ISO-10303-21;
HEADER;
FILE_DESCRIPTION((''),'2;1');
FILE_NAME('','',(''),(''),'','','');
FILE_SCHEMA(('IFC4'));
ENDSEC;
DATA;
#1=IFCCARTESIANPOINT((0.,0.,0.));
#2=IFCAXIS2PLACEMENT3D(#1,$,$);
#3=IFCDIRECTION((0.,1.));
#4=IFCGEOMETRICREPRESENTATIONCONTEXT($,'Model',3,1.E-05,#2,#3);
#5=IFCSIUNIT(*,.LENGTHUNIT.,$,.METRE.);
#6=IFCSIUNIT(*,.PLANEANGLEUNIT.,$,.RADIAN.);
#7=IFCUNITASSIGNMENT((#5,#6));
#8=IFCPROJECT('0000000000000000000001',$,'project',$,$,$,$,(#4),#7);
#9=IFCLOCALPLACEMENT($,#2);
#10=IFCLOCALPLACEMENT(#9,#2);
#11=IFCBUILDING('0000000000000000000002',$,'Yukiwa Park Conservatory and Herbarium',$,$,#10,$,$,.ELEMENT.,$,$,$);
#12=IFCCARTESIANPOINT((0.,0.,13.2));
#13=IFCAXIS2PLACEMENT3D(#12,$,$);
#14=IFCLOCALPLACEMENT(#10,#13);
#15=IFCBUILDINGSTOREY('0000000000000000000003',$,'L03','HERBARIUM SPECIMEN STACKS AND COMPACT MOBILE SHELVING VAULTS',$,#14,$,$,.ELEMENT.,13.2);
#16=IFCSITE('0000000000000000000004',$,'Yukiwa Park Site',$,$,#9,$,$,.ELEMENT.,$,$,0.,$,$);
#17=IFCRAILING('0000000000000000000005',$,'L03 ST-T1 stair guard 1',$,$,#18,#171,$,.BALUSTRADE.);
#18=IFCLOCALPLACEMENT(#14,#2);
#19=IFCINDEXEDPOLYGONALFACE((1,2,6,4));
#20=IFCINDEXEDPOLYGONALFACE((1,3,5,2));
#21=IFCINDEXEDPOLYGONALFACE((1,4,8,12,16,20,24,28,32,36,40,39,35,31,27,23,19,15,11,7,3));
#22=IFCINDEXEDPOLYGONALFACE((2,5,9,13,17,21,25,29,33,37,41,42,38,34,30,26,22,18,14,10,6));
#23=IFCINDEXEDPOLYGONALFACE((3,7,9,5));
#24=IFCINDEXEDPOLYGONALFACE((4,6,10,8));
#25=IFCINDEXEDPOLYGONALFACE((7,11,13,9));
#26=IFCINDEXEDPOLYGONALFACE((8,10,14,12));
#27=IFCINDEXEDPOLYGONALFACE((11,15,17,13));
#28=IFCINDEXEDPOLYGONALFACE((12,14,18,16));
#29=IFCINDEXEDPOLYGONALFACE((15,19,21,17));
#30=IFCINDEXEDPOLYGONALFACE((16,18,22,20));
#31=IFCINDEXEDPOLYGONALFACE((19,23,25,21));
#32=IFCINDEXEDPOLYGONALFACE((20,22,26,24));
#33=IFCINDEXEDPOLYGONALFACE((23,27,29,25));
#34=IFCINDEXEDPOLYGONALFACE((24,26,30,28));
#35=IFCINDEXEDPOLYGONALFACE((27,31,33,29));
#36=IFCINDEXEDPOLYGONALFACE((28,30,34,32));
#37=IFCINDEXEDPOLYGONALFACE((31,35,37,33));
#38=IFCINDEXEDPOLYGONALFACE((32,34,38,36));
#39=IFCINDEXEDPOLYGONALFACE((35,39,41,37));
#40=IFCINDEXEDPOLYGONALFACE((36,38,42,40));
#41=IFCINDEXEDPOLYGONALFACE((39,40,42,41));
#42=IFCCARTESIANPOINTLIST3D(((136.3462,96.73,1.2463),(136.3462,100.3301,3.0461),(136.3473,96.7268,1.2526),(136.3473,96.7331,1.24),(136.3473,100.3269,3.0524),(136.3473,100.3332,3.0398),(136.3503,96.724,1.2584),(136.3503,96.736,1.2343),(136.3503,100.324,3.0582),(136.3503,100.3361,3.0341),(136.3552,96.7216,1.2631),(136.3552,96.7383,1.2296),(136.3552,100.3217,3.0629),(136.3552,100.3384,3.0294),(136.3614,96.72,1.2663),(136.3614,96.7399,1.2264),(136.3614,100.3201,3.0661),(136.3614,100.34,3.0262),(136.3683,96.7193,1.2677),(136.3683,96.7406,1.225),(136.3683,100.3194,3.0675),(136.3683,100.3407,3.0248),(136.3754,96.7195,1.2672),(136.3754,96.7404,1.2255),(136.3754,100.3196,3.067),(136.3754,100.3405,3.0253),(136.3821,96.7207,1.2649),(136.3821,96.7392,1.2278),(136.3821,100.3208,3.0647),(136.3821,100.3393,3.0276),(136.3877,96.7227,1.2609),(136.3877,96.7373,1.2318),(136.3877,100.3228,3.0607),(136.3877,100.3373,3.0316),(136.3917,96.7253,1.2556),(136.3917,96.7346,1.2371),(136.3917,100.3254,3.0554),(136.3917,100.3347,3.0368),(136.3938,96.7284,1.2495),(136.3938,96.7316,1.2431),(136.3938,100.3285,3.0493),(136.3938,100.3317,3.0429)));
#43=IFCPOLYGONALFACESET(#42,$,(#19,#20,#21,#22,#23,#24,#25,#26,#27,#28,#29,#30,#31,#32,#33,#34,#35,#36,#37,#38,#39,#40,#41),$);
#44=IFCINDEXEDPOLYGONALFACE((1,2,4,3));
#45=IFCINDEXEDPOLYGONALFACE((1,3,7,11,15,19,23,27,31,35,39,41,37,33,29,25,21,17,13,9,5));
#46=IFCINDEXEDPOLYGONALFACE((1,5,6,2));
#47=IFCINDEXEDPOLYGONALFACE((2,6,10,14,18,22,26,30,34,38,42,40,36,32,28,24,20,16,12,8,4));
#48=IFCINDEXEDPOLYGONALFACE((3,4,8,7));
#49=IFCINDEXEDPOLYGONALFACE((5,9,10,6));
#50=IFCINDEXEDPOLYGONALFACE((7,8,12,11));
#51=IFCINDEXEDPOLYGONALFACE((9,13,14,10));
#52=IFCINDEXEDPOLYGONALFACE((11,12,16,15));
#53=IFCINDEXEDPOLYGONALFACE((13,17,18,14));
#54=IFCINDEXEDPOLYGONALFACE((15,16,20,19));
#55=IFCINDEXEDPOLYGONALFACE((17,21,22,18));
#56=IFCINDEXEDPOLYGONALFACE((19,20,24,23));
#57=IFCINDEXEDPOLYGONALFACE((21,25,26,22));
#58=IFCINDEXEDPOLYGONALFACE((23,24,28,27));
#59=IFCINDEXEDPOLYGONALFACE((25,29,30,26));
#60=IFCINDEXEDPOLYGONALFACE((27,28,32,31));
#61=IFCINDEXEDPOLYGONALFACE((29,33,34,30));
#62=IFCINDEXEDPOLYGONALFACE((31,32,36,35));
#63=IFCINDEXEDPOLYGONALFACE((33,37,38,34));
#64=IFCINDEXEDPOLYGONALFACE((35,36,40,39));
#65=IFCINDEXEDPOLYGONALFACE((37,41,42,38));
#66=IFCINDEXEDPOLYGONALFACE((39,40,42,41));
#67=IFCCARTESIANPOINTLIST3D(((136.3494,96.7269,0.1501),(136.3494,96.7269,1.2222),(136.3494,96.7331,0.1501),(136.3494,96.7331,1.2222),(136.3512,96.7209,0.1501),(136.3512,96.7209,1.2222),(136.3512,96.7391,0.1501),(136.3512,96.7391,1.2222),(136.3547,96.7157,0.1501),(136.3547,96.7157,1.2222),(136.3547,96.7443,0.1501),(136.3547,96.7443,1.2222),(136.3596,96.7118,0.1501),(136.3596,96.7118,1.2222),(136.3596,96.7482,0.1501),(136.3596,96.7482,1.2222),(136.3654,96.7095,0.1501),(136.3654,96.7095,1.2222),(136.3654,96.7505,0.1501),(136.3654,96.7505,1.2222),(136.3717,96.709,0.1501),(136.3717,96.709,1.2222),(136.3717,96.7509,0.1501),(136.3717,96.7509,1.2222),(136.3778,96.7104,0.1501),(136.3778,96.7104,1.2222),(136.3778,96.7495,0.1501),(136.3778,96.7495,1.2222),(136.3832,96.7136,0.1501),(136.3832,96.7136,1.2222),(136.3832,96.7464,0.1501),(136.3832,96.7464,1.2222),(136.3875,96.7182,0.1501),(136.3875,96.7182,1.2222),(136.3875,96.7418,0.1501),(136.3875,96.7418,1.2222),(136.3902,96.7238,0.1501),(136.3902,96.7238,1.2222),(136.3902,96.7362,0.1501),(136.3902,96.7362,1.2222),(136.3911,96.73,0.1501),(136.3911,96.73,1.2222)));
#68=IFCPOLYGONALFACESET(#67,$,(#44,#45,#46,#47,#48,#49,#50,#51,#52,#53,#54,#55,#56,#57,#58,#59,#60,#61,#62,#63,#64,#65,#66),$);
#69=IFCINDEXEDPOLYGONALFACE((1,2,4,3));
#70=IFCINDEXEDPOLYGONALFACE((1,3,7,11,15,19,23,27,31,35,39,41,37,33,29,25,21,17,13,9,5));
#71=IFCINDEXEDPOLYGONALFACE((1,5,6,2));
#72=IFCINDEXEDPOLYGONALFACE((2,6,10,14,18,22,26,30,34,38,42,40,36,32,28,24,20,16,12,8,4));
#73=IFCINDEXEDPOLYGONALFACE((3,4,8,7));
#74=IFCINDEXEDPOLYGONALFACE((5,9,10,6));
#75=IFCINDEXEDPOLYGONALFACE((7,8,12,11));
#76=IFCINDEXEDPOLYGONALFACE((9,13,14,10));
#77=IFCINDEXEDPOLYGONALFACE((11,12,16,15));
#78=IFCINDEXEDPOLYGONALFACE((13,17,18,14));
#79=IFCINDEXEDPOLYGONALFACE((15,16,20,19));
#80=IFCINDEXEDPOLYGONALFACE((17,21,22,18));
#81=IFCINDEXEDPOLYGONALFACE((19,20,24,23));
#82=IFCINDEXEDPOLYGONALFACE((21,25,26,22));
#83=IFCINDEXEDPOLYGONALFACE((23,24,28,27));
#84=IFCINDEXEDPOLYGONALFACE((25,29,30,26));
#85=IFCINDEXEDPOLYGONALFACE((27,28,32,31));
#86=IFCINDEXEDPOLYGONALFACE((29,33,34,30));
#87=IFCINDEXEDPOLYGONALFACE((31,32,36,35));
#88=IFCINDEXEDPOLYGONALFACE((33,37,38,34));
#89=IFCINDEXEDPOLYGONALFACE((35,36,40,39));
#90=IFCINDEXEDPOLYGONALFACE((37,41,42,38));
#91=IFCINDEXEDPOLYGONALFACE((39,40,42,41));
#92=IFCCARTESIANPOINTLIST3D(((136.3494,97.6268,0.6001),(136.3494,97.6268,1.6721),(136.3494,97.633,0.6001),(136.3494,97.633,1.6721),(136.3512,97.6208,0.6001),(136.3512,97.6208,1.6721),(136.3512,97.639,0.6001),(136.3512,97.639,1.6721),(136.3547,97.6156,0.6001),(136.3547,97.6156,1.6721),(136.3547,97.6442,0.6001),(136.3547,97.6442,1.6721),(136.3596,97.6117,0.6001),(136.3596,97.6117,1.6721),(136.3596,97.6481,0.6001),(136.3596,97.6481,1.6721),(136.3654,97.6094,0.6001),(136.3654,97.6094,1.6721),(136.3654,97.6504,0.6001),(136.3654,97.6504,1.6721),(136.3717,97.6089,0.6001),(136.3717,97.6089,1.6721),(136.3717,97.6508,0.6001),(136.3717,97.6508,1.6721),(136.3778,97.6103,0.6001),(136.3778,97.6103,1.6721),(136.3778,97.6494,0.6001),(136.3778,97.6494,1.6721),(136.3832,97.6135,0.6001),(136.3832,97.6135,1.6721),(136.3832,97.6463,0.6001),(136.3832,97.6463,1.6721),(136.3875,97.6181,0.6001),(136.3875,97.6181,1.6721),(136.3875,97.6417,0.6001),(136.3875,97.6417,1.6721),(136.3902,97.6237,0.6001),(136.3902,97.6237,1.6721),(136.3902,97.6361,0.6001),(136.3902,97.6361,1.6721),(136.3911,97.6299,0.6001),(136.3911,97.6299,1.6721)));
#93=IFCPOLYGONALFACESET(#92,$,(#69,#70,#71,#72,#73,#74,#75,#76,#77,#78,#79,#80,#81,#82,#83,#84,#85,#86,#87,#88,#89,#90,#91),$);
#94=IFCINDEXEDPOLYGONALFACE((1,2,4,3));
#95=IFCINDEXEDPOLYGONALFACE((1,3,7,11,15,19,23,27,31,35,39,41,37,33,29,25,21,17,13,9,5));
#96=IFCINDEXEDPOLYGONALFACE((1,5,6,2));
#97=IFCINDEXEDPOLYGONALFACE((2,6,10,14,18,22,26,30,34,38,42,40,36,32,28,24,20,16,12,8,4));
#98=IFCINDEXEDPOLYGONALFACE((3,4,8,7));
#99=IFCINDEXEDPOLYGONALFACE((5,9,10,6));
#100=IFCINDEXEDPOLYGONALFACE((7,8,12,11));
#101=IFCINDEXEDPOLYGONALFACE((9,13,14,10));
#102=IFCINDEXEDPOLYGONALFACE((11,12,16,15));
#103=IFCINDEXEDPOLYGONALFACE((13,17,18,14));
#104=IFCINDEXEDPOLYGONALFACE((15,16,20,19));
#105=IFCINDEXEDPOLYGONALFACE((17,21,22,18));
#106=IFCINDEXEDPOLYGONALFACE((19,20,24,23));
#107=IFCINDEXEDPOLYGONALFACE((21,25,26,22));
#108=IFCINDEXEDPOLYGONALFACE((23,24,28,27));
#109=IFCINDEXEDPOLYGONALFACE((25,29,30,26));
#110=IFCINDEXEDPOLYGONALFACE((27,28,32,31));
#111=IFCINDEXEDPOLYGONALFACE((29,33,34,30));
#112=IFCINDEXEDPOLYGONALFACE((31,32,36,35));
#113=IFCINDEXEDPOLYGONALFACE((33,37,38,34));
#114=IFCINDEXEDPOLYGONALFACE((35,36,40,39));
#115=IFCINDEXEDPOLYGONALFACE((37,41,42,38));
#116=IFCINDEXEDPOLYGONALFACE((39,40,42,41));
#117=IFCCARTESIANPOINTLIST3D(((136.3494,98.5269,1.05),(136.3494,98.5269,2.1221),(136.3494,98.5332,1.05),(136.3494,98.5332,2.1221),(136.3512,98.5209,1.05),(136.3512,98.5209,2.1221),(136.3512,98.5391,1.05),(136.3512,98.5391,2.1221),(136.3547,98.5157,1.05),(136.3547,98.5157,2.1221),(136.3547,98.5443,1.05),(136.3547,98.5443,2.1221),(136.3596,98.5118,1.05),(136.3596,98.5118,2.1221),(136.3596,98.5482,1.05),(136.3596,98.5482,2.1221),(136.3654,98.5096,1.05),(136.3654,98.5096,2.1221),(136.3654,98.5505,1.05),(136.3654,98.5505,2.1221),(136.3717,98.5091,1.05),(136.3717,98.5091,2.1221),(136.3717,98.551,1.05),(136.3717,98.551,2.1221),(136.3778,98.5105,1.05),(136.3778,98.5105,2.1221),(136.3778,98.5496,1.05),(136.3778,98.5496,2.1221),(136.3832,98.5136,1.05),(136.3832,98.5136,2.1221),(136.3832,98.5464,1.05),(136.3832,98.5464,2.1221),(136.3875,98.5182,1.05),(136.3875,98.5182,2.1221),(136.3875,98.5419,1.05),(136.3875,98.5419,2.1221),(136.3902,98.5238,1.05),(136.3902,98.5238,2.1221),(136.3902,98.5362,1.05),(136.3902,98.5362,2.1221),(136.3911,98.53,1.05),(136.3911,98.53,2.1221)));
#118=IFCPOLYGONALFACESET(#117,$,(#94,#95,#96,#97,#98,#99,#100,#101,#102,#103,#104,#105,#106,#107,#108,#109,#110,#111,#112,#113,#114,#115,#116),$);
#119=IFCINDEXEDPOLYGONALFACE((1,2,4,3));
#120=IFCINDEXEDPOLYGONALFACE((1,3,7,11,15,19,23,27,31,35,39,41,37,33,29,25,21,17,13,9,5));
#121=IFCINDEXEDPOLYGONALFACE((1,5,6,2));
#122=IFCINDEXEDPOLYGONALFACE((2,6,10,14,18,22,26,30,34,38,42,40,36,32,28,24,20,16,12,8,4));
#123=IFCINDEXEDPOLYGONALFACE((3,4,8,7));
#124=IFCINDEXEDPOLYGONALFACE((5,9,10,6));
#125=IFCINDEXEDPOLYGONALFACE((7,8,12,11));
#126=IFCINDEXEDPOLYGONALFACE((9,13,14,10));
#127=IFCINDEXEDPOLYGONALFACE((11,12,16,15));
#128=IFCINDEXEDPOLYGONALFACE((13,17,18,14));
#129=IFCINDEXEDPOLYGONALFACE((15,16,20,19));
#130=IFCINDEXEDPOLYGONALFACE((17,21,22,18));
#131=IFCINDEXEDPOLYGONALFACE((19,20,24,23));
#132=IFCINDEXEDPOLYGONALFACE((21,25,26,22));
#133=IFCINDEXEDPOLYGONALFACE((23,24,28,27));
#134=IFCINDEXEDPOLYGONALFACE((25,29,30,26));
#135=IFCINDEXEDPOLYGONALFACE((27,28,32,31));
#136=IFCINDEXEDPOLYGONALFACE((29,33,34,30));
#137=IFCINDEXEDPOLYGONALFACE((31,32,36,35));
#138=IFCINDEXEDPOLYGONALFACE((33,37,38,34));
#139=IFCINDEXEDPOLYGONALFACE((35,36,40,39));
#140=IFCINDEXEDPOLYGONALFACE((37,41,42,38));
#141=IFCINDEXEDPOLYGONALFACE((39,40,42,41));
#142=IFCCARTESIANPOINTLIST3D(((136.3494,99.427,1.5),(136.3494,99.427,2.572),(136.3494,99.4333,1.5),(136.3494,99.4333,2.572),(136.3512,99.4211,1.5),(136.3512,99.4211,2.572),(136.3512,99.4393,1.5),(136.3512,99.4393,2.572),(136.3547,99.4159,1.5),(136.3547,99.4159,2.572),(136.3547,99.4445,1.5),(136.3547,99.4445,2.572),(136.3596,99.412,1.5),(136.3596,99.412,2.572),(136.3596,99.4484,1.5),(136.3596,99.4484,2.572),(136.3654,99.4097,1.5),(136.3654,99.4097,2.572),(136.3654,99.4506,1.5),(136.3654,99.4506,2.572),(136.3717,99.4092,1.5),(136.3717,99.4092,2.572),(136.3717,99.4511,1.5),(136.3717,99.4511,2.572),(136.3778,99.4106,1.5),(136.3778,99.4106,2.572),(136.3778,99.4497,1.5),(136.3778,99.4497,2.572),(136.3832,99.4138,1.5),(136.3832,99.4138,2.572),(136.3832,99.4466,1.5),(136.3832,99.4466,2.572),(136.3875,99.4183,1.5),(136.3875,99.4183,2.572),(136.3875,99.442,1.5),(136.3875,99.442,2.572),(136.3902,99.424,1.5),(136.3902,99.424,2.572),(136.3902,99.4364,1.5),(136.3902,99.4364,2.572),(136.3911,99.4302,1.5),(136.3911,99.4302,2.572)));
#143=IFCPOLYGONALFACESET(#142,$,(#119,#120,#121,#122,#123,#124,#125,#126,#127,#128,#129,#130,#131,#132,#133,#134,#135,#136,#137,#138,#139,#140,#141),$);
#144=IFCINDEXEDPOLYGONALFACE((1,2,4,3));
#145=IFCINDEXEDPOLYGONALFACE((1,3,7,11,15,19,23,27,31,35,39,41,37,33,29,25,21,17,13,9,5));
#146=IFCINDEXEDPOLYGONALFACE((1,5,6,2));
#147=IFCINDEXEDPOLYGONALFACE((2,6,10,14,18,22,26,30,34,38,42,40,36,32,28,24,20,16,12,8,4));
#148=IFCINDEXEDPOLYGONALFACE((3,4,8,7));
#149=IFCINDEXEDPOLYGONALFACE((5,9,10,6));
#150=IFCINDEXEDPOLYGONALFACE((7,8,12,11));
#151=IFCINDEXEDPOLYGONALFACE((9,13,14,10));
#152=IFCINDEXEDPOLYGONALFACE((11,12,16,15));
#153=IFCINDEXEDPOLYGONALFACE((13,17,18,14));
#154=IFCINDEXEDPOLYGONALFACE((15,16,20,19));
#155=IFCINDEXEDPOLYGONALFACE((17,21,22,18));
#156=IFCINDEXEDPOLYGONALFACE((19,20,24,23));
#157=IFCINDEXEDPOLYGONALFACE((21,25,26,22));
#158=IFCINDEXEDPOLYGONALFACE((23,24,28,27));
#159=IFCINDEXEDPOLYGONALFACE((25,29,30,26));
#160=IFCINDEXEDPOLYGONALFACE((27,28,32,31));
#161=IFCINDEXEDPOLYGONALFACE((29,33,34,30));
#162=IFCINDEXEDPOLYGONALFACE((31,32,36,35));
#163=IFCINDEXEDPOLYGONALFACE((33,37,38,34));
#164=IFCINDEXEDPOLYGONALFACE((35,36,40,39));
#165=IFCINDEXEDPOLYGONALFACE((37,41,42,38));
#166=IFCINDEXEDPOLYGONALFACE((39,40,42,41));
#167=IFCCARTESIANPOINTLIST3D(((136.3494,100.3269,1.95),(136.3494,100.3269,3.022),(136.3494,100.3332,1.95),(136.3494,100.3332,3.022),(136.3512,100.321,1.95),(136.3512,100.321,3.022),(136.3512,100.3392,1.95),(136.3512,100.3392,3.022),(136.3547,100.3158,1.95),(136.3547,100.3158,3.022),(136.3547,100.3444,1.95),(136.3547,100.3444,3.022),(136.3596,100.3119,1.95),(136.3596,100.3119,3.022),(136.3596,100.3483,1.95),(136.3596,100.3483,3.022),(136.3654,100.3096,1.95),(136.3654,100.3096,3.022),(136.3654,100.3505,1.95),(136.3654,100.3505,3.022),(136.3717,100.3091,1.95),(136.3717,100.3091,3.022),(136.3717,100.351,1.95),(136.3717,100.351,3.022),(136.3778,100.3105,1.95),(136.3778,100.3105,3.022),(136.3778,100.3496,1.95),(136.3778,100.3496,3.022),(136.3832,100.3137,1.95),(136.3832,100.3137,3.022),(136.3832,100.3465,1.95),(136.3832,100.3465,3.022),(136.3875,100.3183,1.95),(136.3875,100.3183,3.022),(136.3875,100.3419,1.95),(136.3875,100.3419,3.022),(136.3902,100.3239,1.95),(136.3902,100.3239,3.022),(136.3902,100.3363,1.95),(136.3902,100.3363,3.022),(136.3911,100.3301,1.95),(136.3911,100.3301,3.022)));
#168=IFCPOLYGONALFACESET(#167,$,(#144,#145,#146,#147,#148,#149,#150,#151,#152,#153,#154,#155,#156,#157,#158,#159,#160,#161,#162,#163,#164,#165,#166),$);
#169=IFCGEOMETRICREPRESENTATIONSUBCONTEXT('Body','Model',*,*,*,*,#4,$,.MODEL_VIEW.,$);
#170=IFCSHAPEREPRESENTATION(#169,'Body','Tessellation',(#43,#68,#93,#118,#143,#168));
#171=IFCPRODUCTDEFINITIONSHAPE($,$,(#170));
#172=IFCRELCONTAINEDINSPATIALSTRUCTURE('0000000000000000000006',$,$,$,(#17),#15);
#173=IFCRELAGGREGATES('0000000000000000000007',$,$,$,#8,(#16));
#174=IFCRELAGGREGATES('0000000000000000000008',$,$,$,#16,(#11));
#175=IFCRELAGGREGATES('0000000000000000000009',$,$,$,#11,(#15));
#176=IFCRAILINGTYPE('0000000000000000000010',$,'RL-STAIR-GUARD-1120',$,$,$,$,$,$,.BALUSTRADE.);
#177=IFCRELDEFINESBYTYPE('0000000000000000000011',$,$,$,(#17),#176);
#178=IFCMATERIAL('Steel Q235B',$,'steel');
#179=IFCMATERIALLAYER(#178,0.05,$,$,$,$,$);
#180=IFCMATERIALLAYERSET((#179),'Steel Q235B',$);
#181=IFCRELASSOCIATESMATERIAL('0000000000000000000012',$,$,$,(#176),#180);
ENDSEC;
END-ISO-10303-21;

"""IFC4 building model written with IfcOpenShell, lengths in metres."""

from ifc_helpers import new_model, si_unit, direction, frame, origin, origin_2d, place, context, subcontext, project, spatial, circle, extrude, material, layer, layer_set, type_object, element, save


model = new_model("IFC4")

# Units and contexts
model_context = context("Model", 3, precision=1e-05, world=origin(), true_north=direction((0.0, 1.0)))
body_context = subcontext(model_context, "Body", "Model", "MODEL_VIEW")
ifc_project = project(units=[si_unit("LENGTHUNIT", "METRE"), si_unit("PLANEANGLEUNIT", "RADIAN")], contexts=[model_context])

# Site, building, storey
site_placement = place(None, origin())
site = spatial("IfcSite", under=ifc_project, at=site_placement, Name="Yukiwa Park Site", CompositionType="ELEMENT", RefElevation=0.0)
building_placement = place(site_placement, origin())
building = spatial("IfcBuilding", under=site, at=building_placement, Name="Yukiwa Park Conservatory and Herbarium", CompositionType="ELEMENT")
storey_placement = place(building_placement, frame((0.0, 0.0, 13.2)))
storey = spatial("IfcBuildingStorey", under=building, at=storey_placement, Name="L03", Description="HERBARIUM SPECIMEN STACKS AND COMPACT MOBILE SHELVING VAULTS", CompositionType="ELEMENT", Elevation=13.2)

# Railing
ifc_material_1 = material(Name="Steel Q235B", Category="steel")
ifc_layer_1 = layer(ifc_material_1, 0.05)
ifc_layer_set_1 = layer_set([ifc_layer_1], Name="Steel Q235B")
railing_type_1 = type_object("IfcRailingType", Name="RL-STAIR-GUARD-1120", PredefinedType="BALUSTRADE", material=ifc_layer_set_1)
railing_1_placement = place(storey_placement, frame((136.3701, 96.73, 0.1501)))
element("IfcRailing", 1, at=railing_1_placement, inside=storey, type_object=railing_type_1, Name="L03 ST-T1 stair guard 1", PredefinedType="BALUSTRADE", context=body_context, shape_type="SweptSolid", body=[
    extrude(circle(Radius=0.0239, at=origin_2d()), frame((0.0, 0.0, 1.0962), z_axis=(0.0, 0.894451, 0.447165), x_axis=(-1.0, 0.0, 0.0)), (0.0, 0.0, 1.0), 4.0249),
    extrude(circle(Radius=0.021, at=origin_2d()), origin(), (0.0, 0.0, 1.0), 1.072),
    extrude(circle(Radius=0.021, at=origin_2d()), frame((0.0, 0.8999, 0.45)), (0.0, 0.0, 1.0), 1.072),
    extrude(circle(Radius=0.021, at=origin_2d()), frame((0.0, 1.8, 0.8999)), (0.0, 0.0, 1.0), 1.072),
    extrude(circle(Radius=0.021, at=origin_2d()), frame((0.0, 2.7002, 1.3499)), (0.0, 0.0, 1.0), 1.072),
    extrude(circle(Radius=0.021, at=origin_2d()), frame((0.0, 3.6001, 1.7998)), (0.0, 0.0, 1.0), 1.072),
])

save(model, "model.ifc")
